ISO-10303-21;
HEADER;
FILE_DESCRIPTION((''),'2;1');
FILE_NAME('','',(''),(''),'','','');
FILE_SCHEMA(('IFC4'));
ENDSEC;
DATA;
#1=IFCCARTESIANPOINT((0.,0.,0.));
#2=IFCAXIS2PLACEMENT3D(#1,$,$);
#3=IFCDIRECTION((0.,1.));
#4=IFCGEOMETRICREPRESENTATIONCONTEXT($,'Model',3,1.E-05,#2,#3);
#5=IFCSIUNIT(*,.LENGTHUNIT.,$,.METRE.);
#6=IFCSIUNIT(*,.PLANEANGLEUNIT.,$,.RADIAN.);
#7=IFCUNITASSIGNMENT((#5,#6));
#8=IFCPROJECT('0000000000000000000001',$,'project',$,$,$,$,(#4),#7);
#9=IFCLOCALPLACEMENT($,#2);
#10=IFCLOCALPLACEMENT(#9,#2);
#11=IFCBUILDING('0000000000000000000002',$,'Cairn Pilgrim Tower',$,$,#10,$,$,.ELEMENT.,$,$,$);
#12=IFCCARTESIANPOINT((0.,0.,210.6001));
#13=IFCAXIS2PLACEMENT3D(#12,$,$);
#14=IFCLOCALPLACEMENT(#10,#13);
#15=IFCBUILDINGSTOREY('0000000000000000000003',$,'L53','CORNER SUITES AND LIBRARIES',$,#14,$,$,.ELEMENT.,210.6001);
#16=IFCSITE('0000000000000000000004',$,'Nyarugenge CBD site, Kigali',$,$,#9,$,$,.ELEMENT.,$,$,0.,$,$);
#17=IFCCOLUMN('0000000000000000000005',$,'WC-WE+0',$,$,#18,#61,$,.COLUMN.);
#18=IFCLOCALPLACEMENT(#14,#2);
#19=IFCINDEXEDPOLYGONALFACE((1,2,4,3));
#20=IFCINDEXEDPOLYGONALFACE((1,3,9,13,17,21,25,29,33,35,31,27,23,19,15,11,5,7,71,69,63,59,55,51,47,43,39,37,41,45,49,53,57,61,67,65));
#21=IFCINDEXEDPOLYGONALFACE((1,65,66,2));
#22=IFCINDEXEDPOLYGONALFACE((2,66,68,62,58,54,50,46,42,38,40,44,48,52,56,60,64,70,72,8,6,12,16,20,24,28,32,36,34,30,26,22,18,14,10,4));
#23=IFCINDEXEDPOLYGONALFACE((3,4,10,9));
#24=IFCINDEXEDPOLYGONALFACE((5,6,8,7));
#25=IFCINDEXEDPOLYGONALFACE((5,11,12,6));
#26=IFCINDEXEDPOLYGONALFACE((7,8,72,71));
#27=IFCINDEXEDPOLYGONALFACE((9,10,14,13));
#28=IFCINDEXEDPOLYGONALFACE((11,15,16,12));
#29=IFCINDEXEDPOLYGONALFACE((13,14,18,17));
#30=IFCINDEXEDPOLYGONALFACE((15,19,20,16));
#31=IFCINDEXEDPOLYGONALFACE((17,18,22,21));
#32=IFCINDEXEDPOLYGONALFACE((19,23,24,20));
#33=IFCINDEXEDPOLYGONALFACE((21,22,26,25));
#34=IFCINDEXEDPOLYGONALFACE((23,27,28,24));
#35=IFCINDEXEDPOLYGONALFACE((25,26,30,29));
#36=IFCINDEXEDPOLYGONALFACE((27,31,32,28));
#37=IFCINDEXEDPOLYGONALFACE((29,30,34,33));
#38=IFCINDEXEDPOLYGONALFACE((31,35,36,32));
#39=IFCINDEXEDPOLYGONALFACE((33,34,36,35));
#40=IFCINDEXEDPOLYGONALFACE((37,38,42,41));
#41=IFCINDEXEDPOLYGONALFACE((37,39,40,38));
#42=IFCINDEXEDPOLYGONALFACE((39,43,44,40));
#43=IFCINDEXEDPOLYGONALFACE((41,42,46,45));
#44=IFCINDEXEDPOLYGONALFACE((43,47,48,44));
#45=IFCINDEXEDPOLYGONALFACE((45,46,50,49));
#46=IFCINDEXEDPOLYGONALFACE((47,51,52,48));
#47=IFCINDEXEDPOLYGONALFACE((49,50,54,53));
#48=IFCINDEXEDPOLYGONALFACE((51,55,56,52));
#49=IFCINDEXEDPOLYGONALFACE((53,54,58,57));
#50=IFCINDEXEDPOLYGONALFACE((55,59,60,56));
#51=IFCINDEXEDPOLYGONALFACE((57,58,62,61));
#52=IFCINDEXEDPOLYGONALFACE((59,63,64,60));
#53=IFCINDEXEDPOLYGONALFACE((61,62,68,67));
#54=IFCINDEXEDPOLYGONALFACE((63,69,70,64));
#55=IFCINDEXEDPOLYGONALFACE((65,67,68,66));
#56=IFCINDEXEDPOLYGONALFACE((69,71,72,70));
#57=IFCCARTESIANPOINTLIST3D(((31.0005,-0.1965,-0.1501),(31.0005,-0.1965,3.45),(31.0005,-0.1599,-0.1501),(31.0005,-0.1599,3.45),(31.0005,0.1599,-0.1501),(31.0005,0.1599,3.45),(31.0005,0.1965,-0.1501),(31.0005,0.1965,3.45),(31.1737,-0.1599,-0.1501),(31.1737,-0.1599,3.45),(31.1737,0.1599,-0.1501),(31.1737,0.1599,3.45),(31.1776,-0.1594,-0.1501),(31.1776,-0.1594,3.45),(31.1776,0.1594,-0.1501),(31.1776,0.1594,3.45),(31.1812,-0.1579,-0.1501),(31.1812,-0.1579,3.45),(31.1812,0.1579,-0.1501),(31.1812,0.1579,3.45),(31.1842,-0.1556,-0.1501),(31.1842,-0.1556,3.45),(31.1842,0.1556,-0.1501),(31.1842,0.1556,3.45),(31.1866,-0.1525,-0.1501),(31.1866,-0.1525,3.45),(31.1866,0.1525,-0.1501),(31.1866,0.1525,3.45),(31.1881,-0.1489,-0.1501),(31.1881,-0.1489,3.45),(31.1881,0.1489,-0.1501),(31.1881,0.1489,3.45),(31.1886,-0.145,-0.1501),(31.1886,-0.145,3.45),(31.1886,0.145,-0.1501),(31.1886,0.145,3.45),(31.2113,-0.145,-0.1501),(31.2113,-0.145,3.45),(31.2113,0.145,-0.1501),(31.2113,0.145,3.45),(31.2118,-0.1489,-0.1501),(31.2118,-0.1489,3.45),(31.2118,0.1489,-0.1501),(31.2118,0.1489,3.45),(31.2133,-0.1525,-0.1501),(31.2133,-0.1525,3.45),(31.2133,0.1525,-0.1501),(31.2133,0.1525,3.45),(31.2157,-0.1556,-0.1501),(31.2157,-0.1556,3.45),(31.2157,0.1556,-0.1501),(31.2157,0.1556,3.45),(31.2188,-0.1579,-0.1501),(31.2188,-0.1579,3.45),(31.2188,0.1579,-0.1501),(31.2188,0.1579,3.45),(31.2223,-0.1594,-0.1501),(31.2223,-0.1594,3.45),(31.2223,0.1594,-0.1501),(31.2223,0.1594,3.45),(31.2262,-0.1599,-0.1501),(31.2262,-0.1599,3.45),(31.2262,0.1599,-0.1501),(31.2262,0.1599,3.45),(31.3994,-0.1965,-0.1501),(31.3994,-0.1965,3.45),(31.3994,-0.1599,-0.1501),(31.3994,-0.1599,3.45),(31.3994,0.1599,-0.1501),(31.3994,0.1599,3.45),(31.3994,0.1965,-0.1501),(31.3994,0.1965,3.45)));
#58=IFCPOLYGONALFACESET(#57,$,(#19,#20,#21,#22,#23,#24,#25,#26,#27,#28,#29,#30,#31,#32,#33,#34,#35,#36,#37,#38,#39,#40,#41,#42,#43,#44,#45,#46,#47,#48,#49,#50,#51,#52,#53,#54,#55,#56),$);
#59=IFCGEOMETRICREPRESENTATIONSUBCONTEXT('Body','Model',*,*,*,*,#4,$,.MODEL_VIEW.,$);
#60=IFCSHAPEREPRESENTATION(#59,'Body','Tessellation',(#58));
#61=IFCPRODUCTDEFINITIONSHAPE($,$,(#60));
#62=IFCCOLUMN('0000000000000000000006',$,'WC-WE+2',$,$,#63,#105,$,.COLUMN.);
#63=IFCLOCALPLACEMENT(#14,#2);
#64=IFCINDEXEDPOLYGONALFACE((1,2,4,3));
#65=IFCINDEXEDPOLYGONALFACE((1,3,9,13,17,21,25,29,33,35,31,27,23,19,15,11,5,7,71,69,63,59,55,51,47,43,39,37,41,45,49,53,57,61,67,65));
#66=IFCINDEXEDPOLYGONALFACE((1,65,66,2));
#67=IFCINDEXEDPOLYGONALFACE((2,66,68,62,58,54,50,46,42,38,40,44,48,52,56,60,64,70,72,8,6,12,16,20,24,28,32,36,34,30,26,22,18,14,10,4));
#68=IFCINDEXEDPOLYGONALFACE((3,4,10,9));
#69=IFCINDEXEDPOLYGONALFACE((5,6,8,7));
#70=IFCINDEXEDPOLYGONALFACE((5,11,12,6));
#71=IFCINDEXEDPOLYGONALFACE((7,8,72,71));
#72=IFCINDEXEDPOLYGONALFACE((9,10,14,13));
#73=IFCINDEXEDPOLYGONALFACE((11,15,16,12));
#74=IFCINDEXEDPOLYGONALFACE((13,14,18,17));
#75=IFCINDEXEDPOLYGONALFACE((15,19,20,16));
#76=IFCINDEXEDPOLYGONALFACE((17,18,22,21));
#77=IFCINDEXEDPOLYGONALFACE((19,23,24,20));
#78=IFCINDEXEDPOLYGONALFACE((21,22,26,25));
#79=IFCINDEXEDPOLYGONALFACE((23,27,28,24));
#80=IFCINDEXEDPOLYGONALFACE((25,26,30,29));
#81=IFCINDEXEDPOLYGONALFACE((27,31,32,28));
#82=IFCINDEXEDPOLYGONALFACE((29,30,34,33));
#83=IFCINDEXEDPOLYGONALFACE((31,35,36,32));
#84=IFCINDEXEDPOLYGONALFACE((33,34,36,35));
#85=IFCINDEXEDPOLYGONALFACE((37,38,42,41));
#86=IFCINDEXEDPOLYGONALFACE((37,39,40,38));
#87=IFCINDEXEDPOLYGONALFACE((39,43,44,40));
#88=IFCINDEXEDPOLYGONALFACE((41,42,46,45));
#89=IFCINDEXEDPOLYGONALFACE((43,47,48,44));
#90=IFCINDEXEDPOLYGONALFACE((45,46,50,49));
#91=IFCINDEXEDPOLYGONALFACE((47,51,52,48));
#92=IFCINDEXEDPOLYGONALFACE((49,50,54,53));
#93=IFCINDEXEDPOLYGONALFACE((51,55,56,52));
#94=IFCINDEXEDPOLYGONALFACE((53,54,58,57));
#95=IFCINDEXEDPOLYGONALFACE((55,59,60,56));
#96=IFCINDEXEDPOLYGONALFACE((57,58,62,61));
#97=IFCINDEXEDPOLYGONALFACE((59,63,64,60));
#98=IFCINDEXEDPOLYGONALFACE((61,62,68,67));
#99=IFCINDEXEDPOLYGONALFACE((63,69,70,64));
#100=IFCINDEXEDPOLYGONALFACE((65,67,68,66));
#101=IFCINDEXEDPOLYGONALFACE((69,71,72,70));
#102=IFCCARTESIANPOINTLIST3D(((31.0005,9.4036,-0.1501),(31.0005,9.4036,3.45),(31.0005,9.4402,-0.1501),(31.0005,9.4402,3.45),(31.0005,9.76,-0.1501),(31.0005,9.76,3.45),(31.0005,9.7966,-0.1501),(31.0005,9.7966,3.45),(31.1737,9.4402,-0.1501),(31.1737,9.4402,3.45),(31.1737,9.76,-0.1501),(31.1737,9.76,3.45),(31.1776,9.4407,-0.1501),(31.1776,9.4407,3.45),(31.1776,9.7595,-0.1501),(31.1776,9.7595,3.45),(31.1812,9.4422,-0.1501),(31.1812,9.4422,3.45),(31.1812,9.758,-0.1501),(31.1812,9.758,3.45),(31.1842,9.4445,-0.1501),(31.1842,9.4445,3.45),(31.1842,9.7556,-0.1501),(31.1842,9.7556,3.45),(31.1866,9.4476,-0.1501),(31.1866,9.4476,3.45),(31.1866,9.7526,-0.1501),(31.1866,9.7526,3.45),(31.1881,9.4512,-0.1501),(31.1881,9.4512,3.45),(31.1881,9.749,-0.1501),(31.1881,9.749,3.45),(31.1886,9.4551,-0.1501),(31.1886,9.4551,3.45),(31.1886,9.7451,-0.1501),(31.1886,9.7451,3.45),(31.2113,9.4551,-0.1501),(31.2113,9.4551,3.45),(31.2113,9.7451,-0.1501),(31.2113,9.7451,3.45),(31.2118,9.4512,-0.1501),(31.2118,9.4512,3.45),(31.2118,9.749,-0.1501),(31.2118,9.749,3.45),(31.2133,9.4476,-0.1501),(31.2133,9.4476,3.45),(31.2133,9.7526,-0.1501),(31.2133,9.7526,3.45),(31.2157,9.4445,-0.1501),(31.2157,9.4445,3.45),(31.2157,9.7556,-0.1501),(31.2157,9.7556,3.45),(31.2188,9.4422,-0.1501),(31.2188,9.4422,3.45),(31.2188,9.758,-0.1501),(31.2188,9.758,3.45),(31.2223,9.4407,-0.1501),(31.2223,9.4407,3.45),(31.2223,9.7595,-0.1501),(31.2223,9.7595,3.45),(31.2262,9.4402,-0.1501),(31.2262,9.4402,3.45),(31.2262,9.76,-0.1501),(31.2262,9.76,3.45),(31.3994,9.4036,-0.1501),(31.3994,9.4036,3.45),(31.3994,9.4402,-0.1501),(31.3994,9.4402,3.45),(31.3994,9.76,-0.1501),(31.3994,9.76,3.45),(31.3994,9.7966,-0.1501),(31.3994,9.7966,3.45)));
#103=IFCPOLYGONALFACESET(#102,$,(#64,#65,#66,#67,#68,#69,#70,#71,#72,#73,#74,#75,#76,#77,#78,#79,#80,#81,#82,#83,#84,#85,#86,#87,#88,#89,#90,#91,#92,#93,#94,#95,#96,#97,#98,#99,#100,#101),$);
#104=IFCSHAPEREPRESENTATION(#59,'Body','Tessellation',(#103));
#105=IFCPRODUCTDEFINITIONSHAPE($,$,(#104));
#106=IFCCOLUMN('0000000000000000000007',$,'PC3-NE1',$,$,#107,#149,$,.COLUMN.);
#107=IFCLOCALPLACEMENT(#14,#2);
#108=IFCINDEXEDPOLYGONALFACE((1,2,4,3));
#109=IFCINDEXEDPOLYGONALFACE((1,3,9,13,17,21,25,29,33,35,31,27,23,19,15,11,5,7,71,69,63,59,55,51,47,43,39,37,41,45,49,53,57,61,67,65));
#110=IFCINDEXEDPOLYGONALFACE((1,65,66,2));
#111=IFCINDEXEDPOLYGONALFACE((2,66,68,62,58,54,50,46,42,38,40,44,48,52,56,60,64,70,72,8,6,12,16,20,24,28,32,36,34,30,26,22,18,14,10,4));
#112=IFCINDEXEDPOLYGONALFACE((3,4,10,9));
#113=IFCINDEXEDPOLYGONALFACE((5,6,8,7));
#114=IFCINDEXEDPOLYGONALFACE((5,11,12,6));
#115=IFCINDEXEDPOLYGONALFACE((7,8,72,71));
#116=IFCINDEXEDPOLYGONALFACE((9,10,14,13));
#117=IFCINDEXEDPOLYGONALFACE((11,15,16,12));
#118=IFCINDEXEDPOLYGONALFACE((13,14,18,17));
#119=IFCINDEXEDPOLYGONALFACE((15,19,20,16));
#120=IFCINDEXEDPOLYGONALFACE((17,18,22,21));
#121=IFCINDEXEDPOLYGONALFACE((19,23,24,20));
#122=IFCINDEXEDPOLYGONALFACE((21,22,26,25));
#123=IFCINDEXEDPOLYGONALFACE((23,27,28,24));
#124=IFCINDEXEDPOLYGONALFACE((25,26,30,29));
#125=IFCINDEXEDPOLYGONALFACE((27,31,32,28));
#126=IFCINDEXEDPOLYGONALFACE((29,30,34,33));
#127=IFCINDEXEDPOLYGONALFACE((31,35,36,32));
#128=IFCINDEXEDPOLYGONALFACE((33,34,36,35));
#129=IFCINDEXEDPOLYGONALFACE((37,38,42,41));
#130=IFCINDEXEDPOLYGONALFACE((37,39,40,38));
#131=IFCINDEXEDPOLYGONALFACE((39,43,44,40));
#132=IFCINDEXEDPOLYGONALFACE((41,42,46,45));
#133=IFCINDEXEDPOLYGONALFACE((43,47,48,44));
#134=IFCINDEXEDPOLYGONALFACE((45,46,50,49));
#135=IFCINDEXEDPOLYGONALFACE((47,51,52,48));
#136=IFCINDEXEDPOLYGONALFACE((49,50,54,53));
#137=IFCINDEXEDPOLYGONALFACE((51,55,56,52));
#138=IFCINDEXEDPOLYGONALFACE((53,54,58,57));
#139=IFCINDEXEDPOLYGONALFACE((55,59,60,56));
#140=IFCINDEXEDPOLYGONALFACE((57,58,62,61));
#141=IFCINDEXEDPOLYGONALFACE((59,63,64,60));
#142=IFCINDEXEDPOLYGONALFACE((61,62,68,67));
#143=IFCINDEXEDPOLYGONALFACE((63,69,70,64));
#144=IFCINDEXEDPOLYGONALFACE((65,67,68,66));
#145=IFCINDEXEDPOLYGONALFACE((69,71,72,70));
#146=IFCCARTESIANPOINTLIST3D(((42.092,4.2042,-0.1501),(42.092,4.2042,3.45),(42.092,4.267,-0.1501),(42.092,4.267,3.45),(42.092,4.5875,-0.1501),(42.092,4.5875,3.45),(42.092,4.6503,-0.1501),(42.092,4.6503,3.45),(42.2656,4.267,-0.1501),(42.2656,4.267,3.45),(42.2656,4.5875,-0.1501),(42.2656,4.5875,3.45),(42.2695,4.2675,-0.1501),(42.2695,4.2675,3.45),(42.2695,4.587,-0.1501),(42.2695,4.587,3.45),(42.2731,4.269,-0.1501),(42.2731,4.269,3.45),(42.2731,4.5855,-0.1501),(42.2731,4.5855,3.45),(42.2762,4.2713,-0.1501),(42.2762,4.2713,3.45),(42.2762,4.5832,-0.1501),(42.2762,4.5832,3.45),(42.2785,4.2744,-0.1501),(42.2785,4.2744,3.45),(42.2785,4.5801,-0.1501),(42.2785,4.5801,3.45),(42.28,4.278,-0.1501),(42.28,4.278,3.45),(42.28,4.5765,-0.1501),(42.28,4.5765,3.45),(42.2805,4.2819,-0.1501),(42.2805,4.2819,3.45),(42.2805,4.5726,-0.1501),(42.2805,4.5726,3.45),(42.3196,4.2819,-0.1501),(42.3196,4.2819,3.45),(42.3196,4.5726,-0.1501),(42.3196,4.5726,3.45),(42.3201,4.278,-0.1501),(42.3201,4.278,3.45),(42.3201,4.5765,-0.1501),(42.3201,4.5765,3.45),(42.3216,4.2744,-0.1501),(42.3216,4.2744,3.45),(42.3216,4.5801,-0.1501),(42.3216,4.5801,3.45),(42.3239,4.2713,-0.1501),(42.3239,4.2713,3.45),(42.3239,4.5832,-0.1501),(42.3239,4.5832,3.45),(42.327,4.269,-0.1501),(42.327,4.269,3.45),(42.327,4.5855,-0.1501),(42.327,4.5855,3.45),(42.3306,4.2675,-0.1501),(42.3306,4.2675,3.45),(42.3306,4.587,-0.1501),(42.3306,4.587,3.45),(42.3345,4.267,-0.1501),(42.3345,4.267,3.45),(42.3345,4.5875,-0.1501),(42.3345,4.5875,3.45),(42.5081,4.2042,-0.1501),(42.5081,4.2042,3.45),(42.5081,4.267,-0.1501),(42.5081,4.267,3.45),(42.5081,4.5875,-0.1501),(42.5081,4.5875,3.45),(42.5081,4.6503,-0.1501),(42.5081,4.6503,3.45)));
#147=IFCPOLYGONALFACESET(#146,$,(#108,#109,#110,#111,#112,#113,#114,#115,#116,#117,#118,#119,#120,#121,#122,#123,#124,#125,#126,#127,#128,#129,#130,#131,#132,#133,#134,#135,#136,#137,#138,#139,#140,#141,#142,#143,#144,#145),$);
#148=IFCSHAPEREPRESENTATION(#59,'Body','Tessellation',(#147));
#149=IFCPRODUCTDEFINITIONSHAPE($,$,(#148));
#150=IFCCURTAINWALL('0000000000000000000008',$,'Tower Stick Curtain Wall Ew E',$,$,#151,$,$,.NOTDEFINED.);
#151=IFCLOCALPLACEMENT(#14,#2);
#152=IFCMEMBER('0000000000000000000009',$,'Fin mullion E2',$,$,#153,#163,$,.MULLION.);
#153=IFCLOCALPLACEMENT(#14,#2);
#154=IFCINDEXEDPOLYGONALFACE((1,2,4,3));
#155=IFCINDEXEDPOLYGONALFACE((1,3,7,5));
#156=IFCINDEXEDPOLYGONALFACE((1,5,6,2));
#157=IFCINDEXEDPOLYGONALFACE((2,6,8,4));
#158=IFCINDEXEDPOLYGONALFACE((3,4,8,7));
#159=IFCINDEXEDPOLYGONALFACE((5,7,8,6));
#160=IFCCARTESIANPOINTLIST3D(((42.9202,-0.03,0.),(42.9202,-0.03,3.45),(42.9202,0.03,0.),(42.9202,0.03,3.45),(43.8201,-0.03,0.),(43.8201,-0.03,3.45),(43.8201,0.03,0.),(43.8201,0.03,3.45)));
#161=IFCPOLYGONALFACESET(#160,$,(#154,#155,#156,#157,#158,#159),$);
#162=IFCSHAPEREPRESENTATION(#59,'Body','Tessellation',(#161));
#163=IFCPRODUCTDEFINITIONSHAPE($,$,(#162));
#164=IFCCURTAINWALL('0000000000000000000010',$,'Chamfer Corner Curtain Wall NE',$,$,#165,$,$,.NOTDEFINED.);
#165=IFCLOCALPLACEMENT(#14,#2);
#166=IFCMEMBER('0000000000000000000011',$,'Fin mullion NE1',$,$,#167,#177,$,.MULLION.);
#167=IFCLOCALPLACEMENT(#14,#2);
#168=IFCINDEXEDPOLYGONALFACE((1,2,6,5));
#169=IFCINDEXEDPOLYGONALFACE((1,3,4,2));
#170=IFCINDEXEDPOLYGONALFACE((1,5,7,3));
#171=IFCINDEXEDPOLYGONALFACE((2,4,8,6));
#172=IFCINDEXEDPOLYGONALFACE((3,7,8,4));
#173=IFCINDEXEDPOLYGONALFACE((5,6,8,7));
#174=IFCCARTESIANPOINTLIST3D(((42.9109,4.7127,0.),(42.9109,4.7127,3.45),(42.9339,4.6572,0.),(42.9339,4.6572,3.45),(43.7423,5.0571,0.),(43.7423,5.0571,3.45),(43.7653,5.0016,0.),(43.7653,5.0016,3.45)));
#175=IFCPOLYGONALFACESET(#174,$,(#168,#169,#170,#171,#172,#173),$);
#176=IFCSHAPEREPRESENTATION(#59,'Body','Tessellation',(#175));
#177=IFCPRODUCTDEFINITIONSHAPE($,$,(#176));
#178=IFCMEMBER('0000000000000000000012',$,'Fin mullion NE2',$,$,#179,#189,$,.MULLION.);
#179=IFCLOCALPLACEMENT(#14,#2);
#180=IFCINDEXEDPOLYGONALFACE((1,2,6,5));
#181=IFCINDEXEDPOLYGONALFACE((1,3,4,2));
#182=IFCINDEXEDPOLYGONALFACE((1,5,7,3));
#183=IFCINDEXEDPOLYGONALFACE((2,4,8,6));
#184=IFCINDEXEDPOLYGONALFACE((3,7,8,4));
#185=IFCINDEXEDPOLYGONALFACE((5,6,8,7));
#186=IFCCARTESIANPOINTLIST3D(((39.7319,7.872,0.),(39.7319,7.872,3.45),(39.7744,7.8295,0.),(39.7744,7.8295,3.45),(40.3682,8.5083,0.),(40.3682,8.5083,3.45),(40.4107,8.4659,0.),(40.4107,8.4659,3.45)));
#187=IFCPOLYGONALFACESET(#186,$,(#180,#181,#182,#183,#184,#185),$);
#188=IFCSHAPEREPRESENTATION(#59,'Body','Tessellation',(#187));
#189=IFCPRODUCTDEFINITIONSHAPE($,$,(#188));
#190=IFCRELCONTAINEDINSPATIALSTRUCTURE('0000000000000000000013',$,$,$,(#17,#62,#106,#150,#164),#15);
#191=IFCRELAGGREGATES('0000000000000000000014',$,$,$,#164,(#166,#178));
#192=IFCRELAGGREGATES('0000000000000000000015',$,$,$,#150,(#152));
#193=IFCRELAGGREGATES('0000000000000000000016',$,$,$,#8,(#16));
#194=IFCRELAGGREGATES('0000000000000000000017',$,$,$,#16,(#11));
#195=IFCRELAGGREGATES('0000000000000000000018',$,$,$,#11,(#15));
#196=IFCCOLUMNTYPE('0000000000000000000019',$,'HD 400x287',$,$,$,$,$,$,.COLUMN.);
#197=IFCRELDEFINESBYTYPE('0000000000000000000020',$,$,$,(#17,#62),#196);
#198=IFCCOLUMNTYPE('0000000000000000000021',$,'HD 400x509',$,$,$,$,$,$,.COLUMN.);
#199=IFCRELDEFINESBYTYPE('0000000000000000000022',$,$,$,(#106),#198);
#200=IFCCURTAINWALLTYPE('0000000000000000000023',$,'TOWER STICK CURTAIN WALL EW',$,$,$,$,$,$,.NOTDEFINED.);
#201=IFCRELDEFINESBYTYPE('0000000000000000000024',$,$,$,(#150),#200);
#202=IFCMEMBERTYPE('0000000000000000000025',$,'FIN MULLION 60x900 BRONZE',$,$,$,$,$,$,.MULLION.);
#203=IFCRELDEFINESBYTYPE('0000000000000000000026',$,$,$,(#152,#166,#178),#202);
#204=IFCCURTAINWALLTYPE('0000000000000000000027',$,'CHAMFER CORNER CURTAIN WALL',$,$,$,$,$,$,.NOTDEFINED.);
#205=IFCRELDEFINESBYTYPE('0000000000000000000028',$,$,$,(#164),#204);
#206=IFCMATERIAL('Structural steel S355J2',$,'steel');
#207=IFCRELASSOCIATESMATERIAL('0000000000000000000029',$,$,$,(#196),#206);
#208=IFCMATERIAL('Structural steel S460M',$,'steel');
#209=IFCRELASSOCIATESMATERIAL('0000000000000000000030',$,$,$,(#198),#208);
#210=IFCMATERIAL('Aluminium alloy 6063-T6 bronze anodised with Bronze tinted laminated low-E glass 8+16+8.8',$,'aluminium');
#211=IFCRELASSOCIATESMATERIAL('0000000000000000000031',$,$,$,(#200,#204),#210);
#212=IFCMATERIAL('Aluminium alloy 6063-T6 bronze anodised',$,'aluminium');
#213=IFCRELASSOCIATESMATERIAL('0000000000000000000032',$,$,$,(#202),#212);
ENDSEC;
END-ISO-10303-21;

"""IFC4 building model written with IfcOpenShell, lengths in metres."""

from ifc_helpers import new_model, si_unit, direction, frame, origin, origin_2d, place, context, subcontext, project, spatial, rectangle, i_section, extrude, material, material_profile, profile_set, type_object, element, aggregate, save


model = new_model("IFC4")

# Units and contexts
model_context = context("Model", 3, precision=1e-05, world=origin(), true_north=direction((0.0, 1.0)))
body_context = subcontext(model_context, "Body", "Model", "MODEL_VIEW")
ifc_project = project(units=[si_unit("LENGTHUNIT", "METRE"), si_unit("PLANEANGLEUNIT", "RADIAN")], contexts=[model_context])

# Site, building, storey
site_placement = place(None, origin())
site = spatial("IfcSite", under=ifc_project, at=site_placement, Name="Nyarugenge CBD site, Kigali", CompositionType="ELEMENT", RefElevation=0.0)
building_placement = place(site_placement, origin())
building = spatial("IfcBuilding", under=site, at=building_placement, Name="Cairn Pilgrim Tower", CompositionType="ELEMENT")
storey_placement = place(building_placement, frame((0.0, 0.0, 210.6001)))
storey = spatial("IfcBuildingStorey", under=building, at=storey_placement, Name="L53", Description="CORNER SUITES AND LIBRARIES", CompositionType="ELEMENT", Elevation=210.6001)

# Columns
ifc_material_1 = material(Name="Structural steel S355J2", Category="steel")
ifc_material_profile_1 = material_profile(ifc_material_1, i_section(OverallWidth=0.3989, OverallDepth=0.3931, WebThickness=0.0227, FlangeThickness=0.0366, FilletRadius=0.0149, at=origin_2d()), Name="HD 400x287")
ifc_profile_set_1 = profile_set([ifc_material_profile_1], Name="Structural steel S355J2")
column_type_1 = type_object("IfcColumnType", Name="HD 400x287", PredefinedType="COLUMN", material=ifc_profile_set_1)
for number, where, z_axis, x_axis, name in (
    (1, (31.2, 0.0, -0.1501), (0.0, 0.0, 1.0), (1.0, 0.0, 0.0), "WC-WE+0"),
    (2, (31.2, 9.6001, -0.1501), (0.0, 0.0, 1.0), (1.0, 0.0, 0.0), "WC-WE+2"),
):
    element("IfcColumn", number, at=place(storey_placement, frame(where, z_axis=z_axis, x_axis=x_axis)), inside=storey, type_object=column_type_1, Name=name, PredefinedType="COLUMN", context=body_context, shape_type="SweptSolid", body=[
        extrude(i_section(OverallWidth=0.3989, OverallDepth=0.3931, WebThickness=0.0227, FlangeThickness=0.0366, FilletRadius=0.0149, at=origin_2d()), origin(), (0.0, 0.0, 1.0), 3.6001),
    ])
ifc_material_2 = material(Name="Structural steel S460M", Category="steel")
ifc_material_profile_2 = material_profile(ifc_material_2, i_section(OverallWidth=0.416, OverallDepth=0.446, WebThickness=0.0391, FlangeThickness=0.0627, FilletRadius=0.0149, at=origin_2d()), Name="HD 400x509")
ifc_profile_set_2 = profile_set([ifc_material_profile_2], Name="Structural steel S460M")
column_type_2 = type_object("IfcColumnType", Name="HD 400x509", PredefinedType="COLUMN", material=ifc_profile_set_2)
column_placement = place(storey_placement, frame((42.3, 4.4272, -0.1501), z_axis=(0.0, 0.0, 1.0), x_axis=(1.0, 0.0, 0.0)))
element("IfcColumn", 3, at=column_placement, inside=storey, type_object=column_type_2, Name="PC3-NE1", PredefinedType="COLUMN", context=body_context, shape_type="SweptSolid", body=[
    extrude(i_section(OverallWidth=0.416, OverallDepth=0.446, WebThickness=0.0391, FlangeThickness=0.0627, FilletRadius=0.0149, at=origin_2d()), origin(), (0.0, 0.0, 1.0), 3.6001),
])

# Curtain wall, member
ifc_material_3 = material(Name="Aluminium alloy 6063-T6 bronze anodised with Bronze tinted laminated low-E glass 8+16+8.8", Category="aluminium")
curtain_wall_type_1 = type_object("IfcCurtainWallType", Name="TOWER STICK CURTAIN WALL EW", PredefinedType="NOTDEFINED", material=ifc_material_3)
curtain_wall_1_placement = place(storey_placement, origin())
curtain_wall_1 = element("IfcCurtainWall", 4, at=curtain_wall_1_placement, inside=storey, type_object=curtain_wall_type_1, Name="Tower Stick Curtain Wall Ew E", PredefinedType="NOTDEFINED")
ifc_material_4 = material(Name="Aluminium alloy 6063-T6 bronze anodised", Category="aluminium")
ifc_material_profile_3 = material_profile(ifc_material_4, rectangle(XDim=0.8999, YDim=0.0601, at=origin_2d()), Name="FIN MULLION 60x900 BRONZE")
ifc_profile_set_3 = profile_set([ifc_material_profile_3], Name="Aluminium alloy 6063-T6 bronze anodised")
member_type_1 = type_object("IfcMemberType", Name="FIN MULLION 60x900 BRONZE", PredefinedType="MULLION", material=ifc_profile_set_3)
member_1_placement = place(storey_placement, frame((43.3701, 0.0, 0.0), z_axis=(0.0, 0.0, 1.0), x_axis=(1.0, 0.0, 0.0)))
member_1 = element("IfcMember", 5, at=member_1_placement, type_object=member_type_1, Name="Fin mullion E2", PredefinedType="MULLION", context=body_context, shape_type="SweptSolid", body=[
    extrude(rectangle(XDim=0.8999, YDim=0.0601, at=origin_2d()), origin(), (0.0, 0.0, 1.0), 3.45),
])

# Curtain wall, members
curtain_wall_type_2 = type_object("IfcCurtainWallType", Name="CHAMFER CORNER CURTAIN WALL", PredefinedType="NOTDEFINED", material=ifc_material_3)
curtain_wall_2_placement = place(storey_placement, origin())
curtain_wall_2 = element("IfcCurtainWall", 6, at=curtain_wall_2_placement, inside=storey, type_object=curtain_wall_type_2, Name="Chamfer Corner Curtain Wall NE", PredefinedType="NOTDEFINED")
member_2_placement = place(storey_placement, frame((43.3381, 4.8572, 0.0), z_axis=(0.0, 0.0, 1.0), x_axis=(0.92388, 0.382683, 0.0)))
member_2 = element("IfcMember", 7, at=member_2_placement, type_object=member_type_1, Name="Fin mullion NE1", PredefinedType="MULLION", context=body_context, shape_type="SweptSolid", body=[
    extrude(rectangle(XDim=0.8999, YDim=0.0601, at=origin_2d()), origin(), (0.0, 0.0, 1.0), 3.45),
])
member_3_placement = place(storey_placement, frame((40.0713, 8.1689, 0.0), z_axis=(0.0, 0.0, 1.0), x_axis=(0.707107, 0.707107, 0.0)))
member_3 = element("IfcMember", 8, at=member_3_placement, type_object=member_type_1, Name="Fin mullion NE2", PredefinedType="MULLION", context=body_context, shape_type="SweptSolid", body=[
    extrude(rectangle(XDim=0.8999, YDim=0.0601, at=origin_2d()), origin(), (0.0, 0.0, 1.0), 3.45),
])
aggregate(curtain_wall_2, [member_2, member_3])

aggregate(curtain_wall_1, [member_1])

save(model, "model.ifc")
